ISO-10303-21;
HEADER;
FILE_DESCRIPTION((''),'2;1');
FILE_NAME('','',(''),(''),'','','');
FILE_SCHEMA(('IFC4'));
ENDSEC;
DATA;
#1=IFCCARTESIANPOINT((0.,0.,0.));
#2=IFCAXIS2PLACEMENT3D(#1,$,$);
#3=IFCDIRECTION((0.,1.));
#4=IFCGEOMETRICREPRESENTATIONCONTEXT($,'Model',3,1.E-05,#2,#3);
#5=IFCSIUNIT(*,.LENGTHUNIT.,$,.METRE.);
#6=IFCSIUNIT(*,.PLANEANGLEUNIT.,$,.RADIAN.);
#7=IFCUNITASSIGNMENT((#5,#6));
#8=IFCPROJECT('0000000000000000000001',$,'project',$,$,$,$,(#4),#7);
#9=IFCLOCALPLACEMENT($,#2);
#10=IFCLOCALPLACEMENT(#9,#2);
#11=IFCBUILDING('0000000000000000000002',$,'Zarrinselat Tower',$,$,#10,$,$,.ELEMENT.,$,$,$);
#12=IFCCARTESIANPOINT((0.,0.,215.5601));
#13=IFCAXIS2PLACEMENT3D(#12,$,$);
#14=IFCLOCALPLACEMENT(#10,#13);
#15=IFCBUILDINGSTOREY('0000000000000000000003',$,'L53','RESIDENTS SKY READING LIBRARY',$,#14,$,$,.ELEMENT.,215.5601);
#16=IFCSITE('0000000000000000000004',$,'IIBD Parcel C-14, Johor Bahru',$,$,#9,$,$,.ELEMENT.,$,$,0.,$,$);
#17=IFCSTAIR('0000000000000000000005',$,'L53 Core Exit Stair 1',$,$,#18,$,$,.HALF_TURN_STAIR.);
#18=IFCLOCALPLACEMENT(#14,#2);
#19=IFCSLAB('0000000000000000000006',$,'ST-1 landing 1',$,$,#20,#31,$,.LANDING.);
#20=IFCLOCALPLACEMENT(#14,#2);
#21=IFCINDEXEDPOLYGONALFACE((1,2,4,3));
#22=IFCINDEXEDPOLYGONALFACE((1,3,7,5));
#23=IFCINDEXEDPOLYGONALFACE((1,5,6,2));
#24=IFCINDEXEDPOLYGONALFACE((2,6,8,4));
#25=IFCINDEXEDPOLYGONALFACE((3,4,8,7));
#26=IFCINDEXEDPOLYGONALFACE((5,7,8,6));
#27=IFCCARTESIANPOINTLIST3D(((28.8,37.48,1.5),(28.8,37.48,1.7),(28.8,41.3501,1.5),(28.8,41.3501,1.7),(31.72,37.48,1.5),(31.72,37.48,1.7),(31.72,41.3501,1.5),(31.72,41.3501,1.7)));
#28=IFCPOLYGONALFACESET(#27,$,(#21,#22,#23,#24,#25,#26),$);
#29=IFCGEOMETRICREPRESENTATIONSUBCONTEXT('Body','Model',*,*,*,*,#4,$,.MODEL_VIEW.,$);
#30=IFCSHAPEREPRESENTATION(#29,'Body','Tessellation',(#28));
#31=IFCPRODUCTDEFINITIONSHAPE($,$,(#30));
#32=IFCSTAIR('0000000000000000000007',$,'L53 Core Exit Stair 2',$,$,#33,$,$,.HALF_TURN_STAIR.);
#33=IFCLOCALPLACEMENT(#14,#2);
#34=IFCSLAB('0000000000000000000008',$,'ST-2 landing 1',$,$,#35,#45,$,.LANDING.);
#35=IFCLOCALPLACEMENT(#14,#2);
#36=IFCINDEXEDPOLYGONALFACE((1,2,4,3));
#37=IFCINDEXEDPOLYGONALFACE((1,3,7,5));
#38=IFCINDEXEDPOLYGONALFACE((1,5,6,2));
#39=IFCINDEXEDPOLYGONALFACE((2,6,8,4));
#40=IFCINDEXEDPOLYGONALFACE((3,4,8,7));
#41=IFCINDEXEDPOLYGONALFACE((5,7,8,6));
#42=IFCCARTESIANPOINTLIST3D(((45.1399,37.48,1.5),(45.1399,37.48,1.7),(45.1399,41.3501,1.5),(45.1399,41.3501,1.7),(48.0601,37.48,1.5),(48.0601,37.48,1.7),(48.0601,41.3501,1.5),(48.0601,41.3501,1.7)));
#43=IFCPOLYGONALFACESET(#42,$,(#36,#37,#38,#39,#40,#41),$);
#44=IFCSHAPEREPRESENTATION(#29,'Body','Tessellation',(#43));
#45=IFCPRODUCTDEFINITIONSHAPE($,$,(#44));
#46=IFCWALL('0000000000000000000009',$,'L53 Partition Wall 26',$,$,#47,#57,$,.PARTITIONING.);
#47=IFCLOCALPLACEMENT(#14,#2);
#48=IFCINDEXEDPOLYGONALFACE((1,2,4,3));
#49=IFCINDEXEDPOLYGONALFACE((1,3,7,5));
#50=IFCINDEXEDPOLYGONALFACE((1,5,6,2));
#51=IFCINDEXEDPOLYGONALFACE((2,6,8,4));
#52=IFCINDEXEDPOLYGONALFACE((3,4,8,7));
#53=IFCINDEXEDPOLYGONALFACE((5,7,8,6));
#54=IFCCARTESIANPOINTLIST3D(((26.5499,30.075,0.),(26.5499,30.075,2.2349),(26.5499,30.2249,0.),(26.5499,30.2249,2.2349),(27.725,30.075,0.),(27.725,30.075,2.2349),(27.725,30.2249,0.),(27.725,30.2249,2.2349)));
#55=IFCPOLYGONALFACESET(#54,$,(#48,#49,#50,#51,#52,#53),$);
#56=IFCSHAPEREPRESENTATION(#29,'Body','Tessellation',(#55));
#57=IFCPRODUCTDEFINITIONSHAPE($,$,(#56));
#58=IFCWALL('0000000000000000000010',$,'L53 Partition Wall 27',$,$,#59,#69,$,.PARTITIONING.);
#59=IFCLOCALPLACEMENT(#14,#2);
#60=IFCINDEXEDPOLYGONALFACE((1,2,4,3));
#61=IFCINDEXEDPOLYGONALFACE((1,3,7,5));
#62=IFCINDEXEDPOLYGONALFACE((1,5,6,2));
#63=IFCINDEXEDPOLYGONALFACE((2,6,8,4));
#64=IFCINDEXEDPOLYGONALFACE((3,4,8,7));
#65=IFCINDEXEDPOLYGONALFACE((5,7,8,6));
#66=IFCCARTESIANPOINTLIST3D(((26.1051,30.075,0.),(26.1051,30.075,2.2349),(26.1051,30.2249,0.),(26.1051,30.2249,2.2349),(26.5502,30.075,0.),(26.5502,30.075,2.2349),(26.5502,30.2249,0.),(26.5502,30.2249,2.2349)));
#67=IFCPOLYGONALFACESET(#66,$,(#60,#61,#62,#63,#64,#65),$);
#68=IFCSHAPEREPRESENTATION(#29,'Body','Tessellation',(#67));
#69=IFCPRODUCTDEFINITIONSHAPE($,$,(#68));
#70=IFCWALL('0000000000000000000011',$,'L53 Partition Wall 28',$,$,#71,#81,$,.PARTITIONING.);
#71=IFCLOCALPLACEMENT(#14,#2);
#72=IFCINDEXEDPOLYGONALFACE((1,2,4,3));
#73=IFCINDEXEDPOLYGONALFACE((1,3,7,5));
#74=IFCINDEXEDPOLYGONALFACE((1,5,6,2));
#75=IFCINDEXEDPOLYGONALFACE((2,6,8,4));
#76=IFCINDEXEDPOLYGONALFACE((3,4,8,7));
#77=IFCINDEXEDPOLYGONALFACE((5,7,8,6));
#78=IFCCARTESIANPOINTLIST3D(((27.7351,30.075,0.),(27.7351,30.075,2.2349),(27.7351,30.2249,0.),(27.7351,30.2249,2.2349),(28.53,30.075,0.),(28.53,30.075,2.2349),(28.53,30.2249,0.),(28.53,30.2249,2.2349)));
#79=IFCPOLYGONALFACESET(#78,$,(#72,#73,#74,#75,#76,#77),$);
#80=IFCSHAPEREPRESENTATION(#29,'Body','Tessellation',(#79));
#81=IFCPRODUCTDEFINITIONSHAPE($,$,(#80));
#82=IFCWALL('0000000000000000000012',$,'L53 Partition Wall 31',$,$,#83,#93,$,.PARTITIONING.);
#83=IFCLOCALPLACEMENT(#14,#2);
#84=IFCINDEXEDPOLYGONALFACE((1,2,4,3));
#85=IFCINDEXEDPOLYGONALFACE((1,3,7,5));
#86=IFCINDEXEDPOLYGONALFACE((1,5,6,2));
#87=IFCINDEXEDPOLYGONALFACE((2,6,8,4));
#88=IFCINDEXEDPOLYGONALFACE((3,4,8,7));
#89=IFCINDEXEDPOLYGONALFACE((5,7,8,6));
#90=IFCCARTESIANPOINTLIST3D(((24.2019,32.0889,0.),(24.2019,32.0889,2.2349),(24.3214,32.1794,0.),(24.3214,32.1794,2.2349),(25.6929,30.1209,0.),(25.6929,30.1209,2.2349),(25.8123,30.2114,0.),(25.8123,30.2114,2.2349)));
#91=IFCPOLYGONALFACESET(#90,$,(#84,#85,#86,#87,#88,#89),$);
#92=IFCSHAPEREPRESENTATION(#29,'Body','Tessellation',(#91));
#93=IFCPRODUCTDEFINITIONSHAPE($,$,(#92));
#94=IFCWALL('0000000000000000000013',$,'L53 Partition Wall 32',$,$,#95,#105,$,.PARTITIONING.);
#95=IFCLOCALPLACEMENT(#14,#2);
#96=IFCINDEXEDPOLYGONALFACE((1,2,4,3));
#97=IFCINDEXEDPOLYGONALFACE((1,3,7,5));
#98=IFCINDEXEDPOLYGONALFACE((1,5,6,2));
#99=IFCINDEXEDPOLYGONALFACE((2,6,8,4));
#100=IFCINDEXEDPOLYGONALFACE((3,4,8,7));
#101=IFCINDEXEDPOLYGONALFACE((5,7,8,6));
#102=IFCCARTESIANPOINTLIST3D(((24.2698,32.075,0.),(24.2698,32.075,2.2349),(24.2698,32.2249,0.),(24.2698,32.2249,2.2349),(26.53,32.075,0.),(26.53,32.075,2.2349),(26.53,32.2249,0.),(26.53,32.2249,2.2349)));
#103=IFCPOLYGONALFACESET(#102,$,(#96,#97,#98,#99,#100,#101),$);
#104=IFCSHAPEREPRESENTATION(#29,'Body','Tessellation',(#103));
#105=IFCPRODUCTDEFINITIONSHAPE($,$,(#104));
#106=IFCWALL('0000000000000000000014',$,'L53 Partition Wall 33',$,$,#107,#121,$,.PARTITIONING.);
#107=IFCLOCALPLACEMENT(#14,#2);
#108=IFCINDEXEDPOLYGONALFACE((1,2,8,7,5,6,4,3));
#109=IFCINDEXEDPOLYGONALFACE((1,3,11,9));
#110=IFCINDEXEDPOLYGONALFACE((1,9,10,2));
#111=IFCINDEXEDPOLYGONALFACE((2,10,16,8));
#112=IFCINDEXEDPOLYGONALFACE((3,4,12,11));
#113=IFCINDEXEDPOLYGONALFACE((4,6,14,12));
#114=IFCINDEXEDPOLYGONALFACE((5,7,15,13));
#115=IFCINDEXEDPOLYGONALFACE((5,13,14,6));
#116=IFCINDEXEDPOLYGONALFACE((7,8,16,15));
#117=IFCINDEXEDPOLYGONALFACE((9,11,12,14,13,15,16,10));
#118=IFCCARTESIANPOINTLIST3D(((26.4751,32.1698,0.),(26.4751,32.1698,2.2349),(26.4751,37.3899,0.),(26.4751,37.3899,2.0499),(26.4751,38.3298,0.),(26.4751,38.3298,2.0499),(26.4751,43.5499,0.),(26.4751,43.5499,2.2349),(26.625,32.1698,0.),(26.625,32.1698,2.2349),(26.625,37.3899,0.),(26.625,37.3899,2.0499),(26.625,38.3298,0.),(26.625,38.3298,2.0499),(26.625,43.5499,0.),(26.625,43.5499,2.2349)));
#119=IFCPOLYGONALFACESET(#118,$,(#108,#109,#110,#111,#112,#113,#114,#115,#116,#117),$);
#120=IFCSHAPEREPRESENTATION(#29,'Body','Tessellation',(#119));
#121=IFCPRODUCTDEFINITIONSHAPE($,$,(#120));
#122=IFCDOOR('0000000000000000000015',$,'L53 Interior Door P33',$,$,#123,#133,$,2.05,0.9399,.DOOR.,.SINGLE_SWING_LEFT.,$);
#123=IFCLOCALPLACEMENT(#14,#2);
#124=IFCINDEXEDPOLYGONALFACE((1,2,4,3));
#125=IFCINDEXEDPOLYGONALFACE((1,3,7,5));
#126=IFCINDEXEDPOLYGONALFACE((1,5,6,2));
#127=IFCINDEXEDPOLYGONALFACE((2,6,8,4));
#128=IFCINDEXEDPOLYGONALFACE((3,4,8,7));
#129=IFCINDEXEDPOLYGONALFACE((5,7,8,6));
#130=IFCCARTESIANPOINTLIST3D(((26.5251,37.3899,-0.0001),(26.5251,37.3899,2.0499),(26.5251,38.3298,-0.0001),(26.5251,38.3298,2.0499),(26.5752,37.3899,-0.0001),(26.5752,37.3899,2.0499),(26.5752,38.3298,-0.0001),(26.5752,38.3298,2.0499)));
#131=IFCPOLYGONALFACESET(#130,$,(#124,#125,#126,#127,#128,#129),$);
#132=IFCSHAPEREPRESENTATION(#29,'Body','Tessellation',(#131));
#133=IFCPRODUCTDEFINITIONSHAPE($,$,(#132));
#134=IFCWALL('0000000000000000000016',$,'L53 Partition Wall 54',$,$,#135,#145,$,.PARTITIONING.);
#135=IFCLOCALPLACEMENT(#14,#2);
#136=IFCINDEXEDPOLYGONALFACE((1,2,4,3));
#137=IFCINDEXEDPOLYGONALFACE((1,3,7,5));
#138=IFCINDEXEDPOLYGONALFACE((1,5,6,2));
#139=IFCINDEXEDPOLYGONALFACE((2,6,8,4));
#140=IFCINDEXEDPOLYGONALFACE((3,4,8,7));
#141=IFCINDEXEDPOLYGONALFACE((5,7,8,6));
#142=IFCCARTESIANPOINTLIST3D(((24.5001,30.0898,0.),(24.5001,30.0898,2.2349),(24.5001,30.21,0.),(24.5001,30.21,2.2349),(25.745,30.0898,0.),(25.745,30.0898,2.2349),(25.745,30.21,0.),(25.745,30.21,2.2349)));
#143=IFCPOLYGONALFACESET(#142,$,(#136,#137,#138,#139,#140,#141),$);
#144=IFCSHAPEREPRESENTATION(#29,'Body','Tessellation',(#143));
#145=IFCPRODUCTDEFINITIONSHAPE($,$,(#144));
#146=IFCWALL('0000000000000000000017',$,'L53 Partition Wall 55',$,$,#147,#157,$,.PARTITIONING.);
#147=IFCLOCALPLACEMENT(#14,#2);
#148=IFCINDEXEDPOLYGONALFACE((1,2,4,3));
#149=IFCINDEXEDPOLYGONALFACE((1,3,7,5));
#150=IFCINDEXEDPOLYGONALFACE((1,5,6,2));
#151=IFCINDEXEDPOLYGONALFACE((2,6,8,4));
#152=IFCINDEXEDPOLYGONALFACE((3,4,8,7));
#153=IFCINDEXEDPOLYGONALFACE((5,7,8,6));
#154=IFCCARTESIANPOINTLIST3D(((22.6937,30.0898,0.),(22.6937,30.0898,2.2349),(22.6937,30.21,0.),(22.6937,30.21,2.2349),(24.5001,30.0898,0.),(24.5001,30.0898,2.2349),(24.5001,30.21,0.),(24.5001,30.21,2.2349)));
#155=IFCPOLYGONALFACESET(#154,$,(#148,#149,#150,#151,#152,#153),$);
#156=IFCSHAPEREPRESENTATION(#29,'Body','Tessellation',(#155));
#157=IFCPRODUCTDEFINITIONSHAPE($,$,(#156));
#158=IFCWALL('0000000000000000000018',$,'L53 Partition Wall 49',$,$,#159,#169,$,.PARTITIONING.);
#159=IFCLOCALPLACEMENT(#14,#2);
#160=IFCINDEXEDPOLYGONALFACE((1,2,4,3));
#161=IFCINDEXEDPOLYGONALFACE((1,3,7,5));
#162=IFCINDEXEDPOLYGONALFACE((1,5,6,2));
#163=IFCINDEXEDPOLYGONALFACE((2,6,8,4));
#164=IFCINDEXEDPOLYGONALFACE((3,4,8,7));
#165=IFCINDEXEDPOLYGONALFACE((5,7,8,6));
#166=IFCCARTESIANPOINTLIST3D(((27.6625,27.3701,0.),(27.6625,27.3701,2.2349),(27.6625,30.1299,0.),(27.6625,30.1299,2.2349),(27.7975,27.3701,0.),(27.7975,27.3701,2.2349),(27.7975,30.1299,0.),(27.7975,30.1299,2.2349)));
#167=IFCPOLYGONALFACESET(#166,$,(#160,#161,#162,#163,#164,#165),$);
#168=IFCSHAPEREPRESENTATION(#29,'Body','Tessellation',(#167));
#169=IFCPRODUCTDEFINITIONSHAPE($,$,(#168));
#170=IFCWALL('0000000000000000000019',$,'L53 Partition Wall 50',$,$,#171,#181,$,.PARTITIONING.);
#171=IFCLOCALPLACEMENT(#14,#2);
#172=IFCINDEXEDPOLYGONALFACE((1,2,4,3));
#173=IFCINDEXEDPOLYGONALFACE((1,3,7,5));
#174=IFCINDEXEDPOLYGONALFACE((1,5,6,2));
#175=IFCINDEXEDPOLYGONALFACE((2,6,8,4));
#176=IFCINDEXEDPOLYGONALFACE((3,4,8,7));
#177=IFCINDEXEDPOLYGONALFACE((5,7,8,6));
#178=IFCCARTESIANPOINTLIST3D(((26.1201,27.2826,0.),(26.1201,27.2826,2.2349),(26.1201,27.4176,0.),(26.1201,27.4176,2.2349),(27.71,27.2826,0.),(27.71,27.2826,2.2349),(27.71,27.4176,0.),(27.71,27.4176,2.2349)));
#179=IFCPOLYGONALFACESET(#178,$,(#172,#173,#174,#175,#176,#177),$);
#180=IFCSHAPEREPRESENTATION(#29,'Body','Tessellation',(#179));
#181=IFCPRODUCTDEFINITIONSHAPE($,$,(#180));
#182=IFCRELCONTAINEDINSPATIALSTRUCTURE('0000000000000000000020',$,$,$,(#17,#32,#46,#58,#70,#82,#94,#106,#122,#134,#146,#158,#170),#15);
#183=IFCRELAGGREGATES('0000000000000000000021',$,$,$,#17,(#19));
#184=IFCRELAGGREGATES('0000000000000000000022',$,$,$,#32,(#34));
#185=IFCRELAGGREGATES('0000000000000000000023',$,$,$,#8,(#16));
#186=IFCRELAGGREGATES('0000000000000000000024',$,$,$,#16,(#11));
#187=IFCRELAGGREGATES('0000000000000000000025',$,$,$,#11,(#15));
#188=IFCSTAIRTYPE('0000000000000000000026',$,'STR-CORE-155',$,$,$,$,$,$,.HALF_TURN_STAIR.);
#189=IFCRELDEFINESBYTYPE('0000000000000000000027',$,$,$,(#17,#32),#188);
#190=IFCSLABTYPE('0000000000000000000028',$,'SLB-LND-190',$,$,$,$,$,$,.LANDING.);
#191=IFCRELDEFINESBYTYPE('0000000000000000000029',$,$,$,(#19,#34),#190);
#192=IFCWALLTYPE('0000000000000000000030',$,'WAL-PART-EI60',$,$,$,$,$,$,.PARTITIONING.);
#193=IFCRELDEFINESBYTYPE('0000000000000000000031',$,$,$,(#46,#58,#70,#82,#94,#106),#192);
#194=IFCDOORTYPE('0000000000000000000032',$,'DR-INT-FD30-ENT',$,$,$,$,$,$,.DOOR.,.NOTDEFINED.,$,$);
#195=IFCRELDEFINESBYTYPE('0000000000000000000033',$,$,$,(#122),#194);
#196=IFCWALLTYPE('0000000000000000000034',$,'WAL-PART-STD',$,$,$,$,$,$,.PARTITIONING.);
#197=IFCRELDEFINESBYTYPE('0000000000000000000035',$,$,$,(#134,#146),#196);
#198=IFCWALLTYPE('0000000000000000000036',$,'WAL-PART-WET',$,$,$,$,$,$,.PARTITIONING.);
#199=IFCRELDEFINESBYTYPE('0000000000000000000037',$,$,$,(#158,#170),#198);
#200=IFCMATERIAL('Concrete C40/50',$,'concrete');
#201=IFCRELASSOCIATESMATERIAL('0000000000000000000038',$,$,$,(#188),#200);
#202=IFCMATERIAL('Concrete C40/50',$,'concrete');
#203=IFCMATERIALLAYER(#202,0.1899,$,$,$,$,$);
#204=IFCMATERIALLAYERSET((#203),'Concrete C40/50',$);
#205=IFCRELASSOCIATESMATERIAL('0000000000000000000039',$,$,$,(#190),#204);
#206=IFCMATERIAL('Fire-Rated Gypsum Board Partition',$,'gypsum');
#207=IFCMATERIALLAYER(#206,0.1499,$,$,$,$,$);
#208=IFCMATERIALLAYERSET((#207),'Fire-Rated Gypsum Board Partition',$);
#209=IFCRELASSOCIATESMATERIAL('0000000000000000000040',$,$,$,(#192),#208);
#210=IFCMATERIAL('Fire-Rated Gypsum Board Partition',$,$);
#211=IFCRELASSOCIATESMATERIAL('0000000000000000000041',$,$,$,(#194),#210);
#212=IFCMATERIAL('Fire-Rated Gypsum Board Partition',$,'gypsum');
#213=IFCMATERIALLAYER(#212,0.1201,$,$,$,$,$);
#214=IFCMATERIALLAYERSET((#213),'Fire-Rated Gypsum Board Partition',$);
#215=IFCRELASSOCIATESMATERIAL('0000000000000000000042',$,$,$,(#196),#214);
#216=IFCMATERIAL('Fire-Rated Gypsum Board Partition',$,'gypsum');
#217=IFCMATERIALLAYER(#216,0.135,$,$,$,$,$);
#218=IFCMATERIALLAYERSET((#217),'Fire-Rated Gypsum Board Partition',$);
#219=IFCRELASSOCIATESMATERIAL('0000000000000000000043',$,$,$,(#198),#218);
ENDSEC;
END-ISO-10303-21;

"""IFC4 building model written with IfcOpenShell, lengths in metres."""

from ifc_helpers import new_model, si_unit, direction, frame, frame_2d, origin, place, context, subcontext, project, spatial, polyline, rectangle, outline, extrude, material, layer, layer_set, type_object, element, fill, aggregate, save


model = new_model("IFC4")

# Units and contexts
model_context = context("Model", 3, precision=1e-05, world=origin(), true_north=direction((0.0, 1.0)))
body_context = subcontext(model_context, "Body", "Model", "MODEL_VIEW")
ifc_project = project(units=[si_unit("LENGTHUNIT", "METRE"), si_unit("PLANEANGLEUNIT", "RADIAN")], contexts=[model_context])

# Site, building, storey
site_placement = place(None, origin())
site = spatial("IfcSite", under=ifc_project, at=site_placement, Name="IIBD Parcel C-14, Johor Bahru", CompositionType="ELEMENT", RefElevation=0.0)
building_placement = place(site_placement, origin())
building = spatial("IfcBuilding", under=site, at=building_placement, Name="Zarrinselat Tower", CompositionType="ELEMENT")
storey_placement = place(building_placement, frame((0.0, 0.0, 215.5601)))
storey = spatial("IfcBuildingStorey", under=building, at=storey_placement, Name="L53", Description="RESIDENTS SKY READING LIBRARY", CompositionType="ELEMENT", Elevation=215.5601)

# Stairs, slabs
ifc_material_1 = material(Name="Concrete C40/50", Category="concrete")
stair_type = type_object("IfcStairType", Name="STR-CORE-155", PredefinedType="HALF_TURN_STAIR", material=ifc_material_1)
stair_1_placement = place(storey_placement, origin())
stair_1 = element("IfcStair", 1, at=stair_1_placement, inside=storey, type_object=stair_type, Name="L53 Core Exit Stair 1", PredefinedType="HALF_TURN_STAIR")
ifc_material_2 = material(Name="Concrete C40/50", Category="concrete")
ifc_layer_1 = layer(ifc_material_2, 0.1899)
ifc_layer_set_1 = layer_set([ifc_layer_1], Name="Concrete C40/50")
slab_type_1 = type_object("IfcSlabType", Name="SLB-LND-190", PredefinedType="LANDING", material=ifc_layer_set_1)
slab_1_placement = place(storey_placement, frame((0.0, 0.0, 1.5)))
slab_1 = element("IfcSlab", 2, at=slab_1_placement, type_object=slab_type_1, Name="ST-1 landing 1", PredefinedType="LANDING", context=body_context, shape_type="SweptSolid", body=[
    extrude(outline(polyline([(31.72, 37.48), (31.72, 41.3501), (28.8, 41.3501), (28.8, 37.48), (31.72, 37.48)])), origin(), (0.0, 0.0, 1.0), 0.2),
])
aggregate(stair_1, [slab_1])
stair_2_placement = place(storey_placement, origin())
stair_2 = element("IfcStair", 3, at=stair_2_placement, inside=storey, type_object=stair_type, Name="L53 Core Exit Stair 2", PredefinedType="HALF_TURN_STAIR")
slab_2_placement = place(storey_placement, frame((0.0, 0.0, 1.5)))
slab_2 = element("IfcSlab", 4, at=slab_2_placement, type_object=slab_type_1, Name="ST-2 landing 1", PredefinedType="LANDING", context=body_context, shape_type="SweptSolid", body=[
    extrude(outline(polyline([(48.0601, 37.48), (48.0601, 41.3501), (45.1399, 41.3501), (45.1399, 37.48), (48.0601, 37.48)])), origin(), (0.0, 0.0, 1.0), 0.2),
])
aggregate(stair_2, [slab_2])

# Walls
ifc_material_3 = material(Name="Fire-Rated Gypsum Board Partition", Category="gypsum")
ifc_layer_2 = layer(ifc_material_3, 0.1499)
ifc_layer_set_2 = layer_set([ifc_layer_2], Name="Fire-Rated Gypsum Board Partition")
wall_type_1 = type_object("IfcWallType", Name="WAL-PART-EI60", PredefinedType="PARTITIONING", material=ifc_layer_set_2)
wall_1_placement = place(storey_placement, frame((26.55, 30.1499, 0.0), z_axis=(0.0, 0.0, 1.0), x_axis=(1.0, 0.0, 0.0)))
element("IfcWall", 5, at=wall_1_placement, inside=storey, type_object=wall_type_1, Name="L53 Partition Wall 26", PredefinedType="PARTITIONING", context=body_context, shape_type="SweptSolid", body=[
    extrude(rectangle(XDim=1.175, YDim=0.1499, at=frame_2d((0.5874, 0.0))), origin(), (0.0, 0.0, 1.0), 2.2349),
])
wall_2_placement = place(storey_placement, frame((26.105, 30.1499, 0.0), z_axis=(0.0, 0.0, 1.0), x_axis=(1.0, 0.0, 0.0)))
element("IfcWall", 6, at=wall_2_placement, inside=storey, type_object=wall_type_1, Name="L53 Partition Wall 27", PredefinedType="PARTITIONING", context=body_context, shape_type="SweptSolid", body=[
    extrude(rectangle(XDim=0.4451, YDim=0.1499, at=frame_2d((0.2227, 0.0))), origin(), (0.0, 0.0, 1.0), 2.2349),
])
wall_3_placement = place(storey_placement, frame((27.7351, 30.1499, 0.0), z_axis=(0.0, 0.0, 1.0), x_axis=(1.0, 0.0, 0.0)))
element("IfcWall", 7, at=wall_3_placement, inside=storey, type_object=wall_type_1, Name="L53 Partition Wall 28", PredefinedType="PARTITIONING", context=body_context, shape_type="SweptSolid", body=[
    extrude(rectangle(XDim=0.7949, YDim=0.1499, at=frame_2d((0.3975, 0.0))), origin(), (0.0, 0.0, 1.0), 2.2349),
])
wall_4_placement = place(storey_placement, frame((24.2617, 32.134, 0.0), z_axis=(0.0, 0.0, 1.0), x_axis=(0.603869, -0.797083, 0.0)))
element("IfcWall", 8, at=wall_4_placement, inside=storey, type_object=wall_type_1, Name="L53 Partition Wall 31", PredefinedType="PARTITIONING", context=body_context, shape_type="SweptSolid", body=[
    extrude(rectangle(XDim=2.469, YDim=0.1499, at=frame_2d((1.2344, 0.0))), origin(), (0.0, 0.0, 1.0), 2.2349),
])
wall_5_placement = place(storey_placement, frame((24.2698, 32.1499, 0.0), z_axis=(0.0, 0.0, 1.0), x_axis=(1.0, 0.0, 0.0)))
element("IfcWall", 9, at=wall_5_placement, inside=storey, type_object=wall_type_1, Name="L53 Partition Wall 32", PredefinedType="PARTITIONING", context=body_context, shape_type="SweptSolid", body=[
    extrude(rectangle(XDim=2.2603, YDim=0.1499, at=frame_2d((1.1301, 0.0))), origin(), (0.0, 0.0, 1.0), 2.2349),
])

# Wall, opening, door
wall_6_placement = place(storey_placement, frame((26.55, 32.1699, 0.0), z_axis=(0.0, 0.0, 1.0), x_axis=(0.0, 1.0, 0.0)))
wall_6 = element("IfcWall", 10, at=wall_6_placement, inside=storey, type_object=wall_type_1, Name="L53 Partition Wall 33", PredefinedType="PARTITIONING", context=body_context, shape_type="SweptSolid", body=[
    extrude(rectangle(XDim=11.3801, YDim=0.1499, at=frame_2d((5.6899, 0.0))), origin(), (0.0, 0.0, 1.0), 2.2349),
])
opening_1_placement = place(wall_6_placement, frame((5.22, 0.0, 0.0)))
opening_1 = element("IfcOpeningElement", 11, at=opening_1_placement, cuts=wall_6, PredefinedType="OPENING", context=body_context, shape_type="SweptSolid", body=[
    extrude(rectangle(XDim=0.9399, YDim=2.05, at=frame_2d((0.47, 1.0249))), frame((0.0, 0.085, 0.0), z_axis=(0.0, -1.0, 0.0), x_axis=(1.0, 0.0, 0.0)), (0.0, 0.0, 1.0), 0.1699),
])
ifc_material_4 = material(Name="Fire-Rated Gypsum Board Partition")
door_type_1 = type_object("IfcDoorType", Name="DR-INT-FD30-ENT", OperationType="NOTDEFINED", PredefinedType="DOOR", material=ifc_material_4)
door_1_placement = place(opening_1_placement, origin())
door_1 = element("IfcDoor", 12, at=door_1_placement, inside=storey, type_object=door_type_1, Name="L53 Interior Door P33", OperationType="SINGLE_SWING_LEFT", OverallHeight=2.05, OverallWidth=0.9399, PredefinedType="DOOR", context=body_context, shape_type="SweptSolid", body=[
    extrude(rectangle(XDim=0.9399, YDim=2.05, at=frame_2d((0.47, 1.0249))), frame((0.0, 0.0249, 0.0), z_axis=(0.0, -1.0, 0.0), x_axis=(1.0, 0.0, 0.0)), (0.0, 0.0, 1.0), 0.05),
])
fill(opening_1, door_1)

# Walls
ifc_material_5 = material(Name="Fire-Rated Gypsum Board Partition", Category="gypsum")
ifc_layer_3 = layer(ifc_material_5, 0.1201)
ifc_layer_set_3 = layer_set([ifc_layer_3], Name="Fire-Rated Gypsum Board Partition")
wall_type_2 = type_object("IfcWallType", Name="WAL-PART-STD", PredefinedType="PARTITIONING", material=ifc_layer_set_3)
wall_7_placement = place(storey_placement, frame((24.5, 30.1499, 0.0), z_axis=(0.0, 0.0, 1.0), x_axis=(1.0, 0.0, 0.0)))
element("IfcWall", 13, at=wall_7_placement, inside=storey, type_object=wall_type_2, Name="L53 Partition Wall 54", PredefinedType="PARTITIONING", context=body_context, shape_type="SweptSolid", body=[
    extrude(rectangle(XDim=1.2449, YDim=0.1201, at=frame_2d((0.6226, 0.0))), origin(), (0.0, 0.0, 1.0), 2.2349),
])
wall_8_placement = place(storey_placement, frame((22.6936, 30.1499, 0.0), z_axis=(0.0, 0.0, 1.0), x_axis=(1.0, 0.0, 0.0)))
element("IfcWall", 14, at=wall_8_placement, inside=storey, type_object=wall_type_2, Name="L53 Partition Wall 55", PredefinedType="PARTITIONING", context=body_context, shape_type="SweptSolid", body=[
    extrude(rectangle(XDim=1.8064, YDim=0.1201, at=frame_2d((0.9033, 0.0))), origin(), (0.0, 0.0, 1.0), 2.2349),
])
ifc_material_6 = material(Name="Fire-Rated Gypsum Board Partition", Category="gypsum")
ifc_layer_4 = layer(ifc_material_6, 0.135)
ifc_layer_set_4 = layer_set([ifc_layer_4], Name="Fire-Rated Gypsum Board Partition")
wall_type_3 = type_object("IfcWallType", Name="WAL-PART-WET", PredefinedType="PARTITIONING", material=ifc_layer_set_4)
wall_9_placement = place(storey_placement, frame((27.73, 27.3701, 0.0), z_axis=(0.0, 0.0, 1.0), x_axis=(0.0, 1.0, 0.0)))
element("IfcWall", 15, at=wall_9_placement, inside=storey, type_object=wall_type_3, Name="L53 Partition Wall 49", PredefinedType="PARTITIONING", context=body_context, shape_type="SweptSolid", body=[
    extrude(rectangle(XDim=2.7598, YDim=0.135, at=frame_2d((1.3799, 0.0))), origin(), (0.0, 0.0, 1.0), 2.2349),
])
wall_10_placement = place(storey_placement, frame((26.1201, 27.3501, 0.0), z_axis=(0.0, 0.0, 1.0), x_axis=(1.0, 0.0, 0.0)))
element("IfcWall", 16, at=wall_10_placement, inside=storey, type_object=wall_type_3, Name="L53 Partition Wall 50", PredefinedType="PARTITIONING", context=body_context, shape_type="SweptSolid", body=[
    extrude(rectangle(XDim=1.5898, YDim=0.135, at=frame_2d((0.7949, 0.0))), origin(), (0.0, 0.0, 1.0), 2.2349),
])

save(model, "model.ifc")
